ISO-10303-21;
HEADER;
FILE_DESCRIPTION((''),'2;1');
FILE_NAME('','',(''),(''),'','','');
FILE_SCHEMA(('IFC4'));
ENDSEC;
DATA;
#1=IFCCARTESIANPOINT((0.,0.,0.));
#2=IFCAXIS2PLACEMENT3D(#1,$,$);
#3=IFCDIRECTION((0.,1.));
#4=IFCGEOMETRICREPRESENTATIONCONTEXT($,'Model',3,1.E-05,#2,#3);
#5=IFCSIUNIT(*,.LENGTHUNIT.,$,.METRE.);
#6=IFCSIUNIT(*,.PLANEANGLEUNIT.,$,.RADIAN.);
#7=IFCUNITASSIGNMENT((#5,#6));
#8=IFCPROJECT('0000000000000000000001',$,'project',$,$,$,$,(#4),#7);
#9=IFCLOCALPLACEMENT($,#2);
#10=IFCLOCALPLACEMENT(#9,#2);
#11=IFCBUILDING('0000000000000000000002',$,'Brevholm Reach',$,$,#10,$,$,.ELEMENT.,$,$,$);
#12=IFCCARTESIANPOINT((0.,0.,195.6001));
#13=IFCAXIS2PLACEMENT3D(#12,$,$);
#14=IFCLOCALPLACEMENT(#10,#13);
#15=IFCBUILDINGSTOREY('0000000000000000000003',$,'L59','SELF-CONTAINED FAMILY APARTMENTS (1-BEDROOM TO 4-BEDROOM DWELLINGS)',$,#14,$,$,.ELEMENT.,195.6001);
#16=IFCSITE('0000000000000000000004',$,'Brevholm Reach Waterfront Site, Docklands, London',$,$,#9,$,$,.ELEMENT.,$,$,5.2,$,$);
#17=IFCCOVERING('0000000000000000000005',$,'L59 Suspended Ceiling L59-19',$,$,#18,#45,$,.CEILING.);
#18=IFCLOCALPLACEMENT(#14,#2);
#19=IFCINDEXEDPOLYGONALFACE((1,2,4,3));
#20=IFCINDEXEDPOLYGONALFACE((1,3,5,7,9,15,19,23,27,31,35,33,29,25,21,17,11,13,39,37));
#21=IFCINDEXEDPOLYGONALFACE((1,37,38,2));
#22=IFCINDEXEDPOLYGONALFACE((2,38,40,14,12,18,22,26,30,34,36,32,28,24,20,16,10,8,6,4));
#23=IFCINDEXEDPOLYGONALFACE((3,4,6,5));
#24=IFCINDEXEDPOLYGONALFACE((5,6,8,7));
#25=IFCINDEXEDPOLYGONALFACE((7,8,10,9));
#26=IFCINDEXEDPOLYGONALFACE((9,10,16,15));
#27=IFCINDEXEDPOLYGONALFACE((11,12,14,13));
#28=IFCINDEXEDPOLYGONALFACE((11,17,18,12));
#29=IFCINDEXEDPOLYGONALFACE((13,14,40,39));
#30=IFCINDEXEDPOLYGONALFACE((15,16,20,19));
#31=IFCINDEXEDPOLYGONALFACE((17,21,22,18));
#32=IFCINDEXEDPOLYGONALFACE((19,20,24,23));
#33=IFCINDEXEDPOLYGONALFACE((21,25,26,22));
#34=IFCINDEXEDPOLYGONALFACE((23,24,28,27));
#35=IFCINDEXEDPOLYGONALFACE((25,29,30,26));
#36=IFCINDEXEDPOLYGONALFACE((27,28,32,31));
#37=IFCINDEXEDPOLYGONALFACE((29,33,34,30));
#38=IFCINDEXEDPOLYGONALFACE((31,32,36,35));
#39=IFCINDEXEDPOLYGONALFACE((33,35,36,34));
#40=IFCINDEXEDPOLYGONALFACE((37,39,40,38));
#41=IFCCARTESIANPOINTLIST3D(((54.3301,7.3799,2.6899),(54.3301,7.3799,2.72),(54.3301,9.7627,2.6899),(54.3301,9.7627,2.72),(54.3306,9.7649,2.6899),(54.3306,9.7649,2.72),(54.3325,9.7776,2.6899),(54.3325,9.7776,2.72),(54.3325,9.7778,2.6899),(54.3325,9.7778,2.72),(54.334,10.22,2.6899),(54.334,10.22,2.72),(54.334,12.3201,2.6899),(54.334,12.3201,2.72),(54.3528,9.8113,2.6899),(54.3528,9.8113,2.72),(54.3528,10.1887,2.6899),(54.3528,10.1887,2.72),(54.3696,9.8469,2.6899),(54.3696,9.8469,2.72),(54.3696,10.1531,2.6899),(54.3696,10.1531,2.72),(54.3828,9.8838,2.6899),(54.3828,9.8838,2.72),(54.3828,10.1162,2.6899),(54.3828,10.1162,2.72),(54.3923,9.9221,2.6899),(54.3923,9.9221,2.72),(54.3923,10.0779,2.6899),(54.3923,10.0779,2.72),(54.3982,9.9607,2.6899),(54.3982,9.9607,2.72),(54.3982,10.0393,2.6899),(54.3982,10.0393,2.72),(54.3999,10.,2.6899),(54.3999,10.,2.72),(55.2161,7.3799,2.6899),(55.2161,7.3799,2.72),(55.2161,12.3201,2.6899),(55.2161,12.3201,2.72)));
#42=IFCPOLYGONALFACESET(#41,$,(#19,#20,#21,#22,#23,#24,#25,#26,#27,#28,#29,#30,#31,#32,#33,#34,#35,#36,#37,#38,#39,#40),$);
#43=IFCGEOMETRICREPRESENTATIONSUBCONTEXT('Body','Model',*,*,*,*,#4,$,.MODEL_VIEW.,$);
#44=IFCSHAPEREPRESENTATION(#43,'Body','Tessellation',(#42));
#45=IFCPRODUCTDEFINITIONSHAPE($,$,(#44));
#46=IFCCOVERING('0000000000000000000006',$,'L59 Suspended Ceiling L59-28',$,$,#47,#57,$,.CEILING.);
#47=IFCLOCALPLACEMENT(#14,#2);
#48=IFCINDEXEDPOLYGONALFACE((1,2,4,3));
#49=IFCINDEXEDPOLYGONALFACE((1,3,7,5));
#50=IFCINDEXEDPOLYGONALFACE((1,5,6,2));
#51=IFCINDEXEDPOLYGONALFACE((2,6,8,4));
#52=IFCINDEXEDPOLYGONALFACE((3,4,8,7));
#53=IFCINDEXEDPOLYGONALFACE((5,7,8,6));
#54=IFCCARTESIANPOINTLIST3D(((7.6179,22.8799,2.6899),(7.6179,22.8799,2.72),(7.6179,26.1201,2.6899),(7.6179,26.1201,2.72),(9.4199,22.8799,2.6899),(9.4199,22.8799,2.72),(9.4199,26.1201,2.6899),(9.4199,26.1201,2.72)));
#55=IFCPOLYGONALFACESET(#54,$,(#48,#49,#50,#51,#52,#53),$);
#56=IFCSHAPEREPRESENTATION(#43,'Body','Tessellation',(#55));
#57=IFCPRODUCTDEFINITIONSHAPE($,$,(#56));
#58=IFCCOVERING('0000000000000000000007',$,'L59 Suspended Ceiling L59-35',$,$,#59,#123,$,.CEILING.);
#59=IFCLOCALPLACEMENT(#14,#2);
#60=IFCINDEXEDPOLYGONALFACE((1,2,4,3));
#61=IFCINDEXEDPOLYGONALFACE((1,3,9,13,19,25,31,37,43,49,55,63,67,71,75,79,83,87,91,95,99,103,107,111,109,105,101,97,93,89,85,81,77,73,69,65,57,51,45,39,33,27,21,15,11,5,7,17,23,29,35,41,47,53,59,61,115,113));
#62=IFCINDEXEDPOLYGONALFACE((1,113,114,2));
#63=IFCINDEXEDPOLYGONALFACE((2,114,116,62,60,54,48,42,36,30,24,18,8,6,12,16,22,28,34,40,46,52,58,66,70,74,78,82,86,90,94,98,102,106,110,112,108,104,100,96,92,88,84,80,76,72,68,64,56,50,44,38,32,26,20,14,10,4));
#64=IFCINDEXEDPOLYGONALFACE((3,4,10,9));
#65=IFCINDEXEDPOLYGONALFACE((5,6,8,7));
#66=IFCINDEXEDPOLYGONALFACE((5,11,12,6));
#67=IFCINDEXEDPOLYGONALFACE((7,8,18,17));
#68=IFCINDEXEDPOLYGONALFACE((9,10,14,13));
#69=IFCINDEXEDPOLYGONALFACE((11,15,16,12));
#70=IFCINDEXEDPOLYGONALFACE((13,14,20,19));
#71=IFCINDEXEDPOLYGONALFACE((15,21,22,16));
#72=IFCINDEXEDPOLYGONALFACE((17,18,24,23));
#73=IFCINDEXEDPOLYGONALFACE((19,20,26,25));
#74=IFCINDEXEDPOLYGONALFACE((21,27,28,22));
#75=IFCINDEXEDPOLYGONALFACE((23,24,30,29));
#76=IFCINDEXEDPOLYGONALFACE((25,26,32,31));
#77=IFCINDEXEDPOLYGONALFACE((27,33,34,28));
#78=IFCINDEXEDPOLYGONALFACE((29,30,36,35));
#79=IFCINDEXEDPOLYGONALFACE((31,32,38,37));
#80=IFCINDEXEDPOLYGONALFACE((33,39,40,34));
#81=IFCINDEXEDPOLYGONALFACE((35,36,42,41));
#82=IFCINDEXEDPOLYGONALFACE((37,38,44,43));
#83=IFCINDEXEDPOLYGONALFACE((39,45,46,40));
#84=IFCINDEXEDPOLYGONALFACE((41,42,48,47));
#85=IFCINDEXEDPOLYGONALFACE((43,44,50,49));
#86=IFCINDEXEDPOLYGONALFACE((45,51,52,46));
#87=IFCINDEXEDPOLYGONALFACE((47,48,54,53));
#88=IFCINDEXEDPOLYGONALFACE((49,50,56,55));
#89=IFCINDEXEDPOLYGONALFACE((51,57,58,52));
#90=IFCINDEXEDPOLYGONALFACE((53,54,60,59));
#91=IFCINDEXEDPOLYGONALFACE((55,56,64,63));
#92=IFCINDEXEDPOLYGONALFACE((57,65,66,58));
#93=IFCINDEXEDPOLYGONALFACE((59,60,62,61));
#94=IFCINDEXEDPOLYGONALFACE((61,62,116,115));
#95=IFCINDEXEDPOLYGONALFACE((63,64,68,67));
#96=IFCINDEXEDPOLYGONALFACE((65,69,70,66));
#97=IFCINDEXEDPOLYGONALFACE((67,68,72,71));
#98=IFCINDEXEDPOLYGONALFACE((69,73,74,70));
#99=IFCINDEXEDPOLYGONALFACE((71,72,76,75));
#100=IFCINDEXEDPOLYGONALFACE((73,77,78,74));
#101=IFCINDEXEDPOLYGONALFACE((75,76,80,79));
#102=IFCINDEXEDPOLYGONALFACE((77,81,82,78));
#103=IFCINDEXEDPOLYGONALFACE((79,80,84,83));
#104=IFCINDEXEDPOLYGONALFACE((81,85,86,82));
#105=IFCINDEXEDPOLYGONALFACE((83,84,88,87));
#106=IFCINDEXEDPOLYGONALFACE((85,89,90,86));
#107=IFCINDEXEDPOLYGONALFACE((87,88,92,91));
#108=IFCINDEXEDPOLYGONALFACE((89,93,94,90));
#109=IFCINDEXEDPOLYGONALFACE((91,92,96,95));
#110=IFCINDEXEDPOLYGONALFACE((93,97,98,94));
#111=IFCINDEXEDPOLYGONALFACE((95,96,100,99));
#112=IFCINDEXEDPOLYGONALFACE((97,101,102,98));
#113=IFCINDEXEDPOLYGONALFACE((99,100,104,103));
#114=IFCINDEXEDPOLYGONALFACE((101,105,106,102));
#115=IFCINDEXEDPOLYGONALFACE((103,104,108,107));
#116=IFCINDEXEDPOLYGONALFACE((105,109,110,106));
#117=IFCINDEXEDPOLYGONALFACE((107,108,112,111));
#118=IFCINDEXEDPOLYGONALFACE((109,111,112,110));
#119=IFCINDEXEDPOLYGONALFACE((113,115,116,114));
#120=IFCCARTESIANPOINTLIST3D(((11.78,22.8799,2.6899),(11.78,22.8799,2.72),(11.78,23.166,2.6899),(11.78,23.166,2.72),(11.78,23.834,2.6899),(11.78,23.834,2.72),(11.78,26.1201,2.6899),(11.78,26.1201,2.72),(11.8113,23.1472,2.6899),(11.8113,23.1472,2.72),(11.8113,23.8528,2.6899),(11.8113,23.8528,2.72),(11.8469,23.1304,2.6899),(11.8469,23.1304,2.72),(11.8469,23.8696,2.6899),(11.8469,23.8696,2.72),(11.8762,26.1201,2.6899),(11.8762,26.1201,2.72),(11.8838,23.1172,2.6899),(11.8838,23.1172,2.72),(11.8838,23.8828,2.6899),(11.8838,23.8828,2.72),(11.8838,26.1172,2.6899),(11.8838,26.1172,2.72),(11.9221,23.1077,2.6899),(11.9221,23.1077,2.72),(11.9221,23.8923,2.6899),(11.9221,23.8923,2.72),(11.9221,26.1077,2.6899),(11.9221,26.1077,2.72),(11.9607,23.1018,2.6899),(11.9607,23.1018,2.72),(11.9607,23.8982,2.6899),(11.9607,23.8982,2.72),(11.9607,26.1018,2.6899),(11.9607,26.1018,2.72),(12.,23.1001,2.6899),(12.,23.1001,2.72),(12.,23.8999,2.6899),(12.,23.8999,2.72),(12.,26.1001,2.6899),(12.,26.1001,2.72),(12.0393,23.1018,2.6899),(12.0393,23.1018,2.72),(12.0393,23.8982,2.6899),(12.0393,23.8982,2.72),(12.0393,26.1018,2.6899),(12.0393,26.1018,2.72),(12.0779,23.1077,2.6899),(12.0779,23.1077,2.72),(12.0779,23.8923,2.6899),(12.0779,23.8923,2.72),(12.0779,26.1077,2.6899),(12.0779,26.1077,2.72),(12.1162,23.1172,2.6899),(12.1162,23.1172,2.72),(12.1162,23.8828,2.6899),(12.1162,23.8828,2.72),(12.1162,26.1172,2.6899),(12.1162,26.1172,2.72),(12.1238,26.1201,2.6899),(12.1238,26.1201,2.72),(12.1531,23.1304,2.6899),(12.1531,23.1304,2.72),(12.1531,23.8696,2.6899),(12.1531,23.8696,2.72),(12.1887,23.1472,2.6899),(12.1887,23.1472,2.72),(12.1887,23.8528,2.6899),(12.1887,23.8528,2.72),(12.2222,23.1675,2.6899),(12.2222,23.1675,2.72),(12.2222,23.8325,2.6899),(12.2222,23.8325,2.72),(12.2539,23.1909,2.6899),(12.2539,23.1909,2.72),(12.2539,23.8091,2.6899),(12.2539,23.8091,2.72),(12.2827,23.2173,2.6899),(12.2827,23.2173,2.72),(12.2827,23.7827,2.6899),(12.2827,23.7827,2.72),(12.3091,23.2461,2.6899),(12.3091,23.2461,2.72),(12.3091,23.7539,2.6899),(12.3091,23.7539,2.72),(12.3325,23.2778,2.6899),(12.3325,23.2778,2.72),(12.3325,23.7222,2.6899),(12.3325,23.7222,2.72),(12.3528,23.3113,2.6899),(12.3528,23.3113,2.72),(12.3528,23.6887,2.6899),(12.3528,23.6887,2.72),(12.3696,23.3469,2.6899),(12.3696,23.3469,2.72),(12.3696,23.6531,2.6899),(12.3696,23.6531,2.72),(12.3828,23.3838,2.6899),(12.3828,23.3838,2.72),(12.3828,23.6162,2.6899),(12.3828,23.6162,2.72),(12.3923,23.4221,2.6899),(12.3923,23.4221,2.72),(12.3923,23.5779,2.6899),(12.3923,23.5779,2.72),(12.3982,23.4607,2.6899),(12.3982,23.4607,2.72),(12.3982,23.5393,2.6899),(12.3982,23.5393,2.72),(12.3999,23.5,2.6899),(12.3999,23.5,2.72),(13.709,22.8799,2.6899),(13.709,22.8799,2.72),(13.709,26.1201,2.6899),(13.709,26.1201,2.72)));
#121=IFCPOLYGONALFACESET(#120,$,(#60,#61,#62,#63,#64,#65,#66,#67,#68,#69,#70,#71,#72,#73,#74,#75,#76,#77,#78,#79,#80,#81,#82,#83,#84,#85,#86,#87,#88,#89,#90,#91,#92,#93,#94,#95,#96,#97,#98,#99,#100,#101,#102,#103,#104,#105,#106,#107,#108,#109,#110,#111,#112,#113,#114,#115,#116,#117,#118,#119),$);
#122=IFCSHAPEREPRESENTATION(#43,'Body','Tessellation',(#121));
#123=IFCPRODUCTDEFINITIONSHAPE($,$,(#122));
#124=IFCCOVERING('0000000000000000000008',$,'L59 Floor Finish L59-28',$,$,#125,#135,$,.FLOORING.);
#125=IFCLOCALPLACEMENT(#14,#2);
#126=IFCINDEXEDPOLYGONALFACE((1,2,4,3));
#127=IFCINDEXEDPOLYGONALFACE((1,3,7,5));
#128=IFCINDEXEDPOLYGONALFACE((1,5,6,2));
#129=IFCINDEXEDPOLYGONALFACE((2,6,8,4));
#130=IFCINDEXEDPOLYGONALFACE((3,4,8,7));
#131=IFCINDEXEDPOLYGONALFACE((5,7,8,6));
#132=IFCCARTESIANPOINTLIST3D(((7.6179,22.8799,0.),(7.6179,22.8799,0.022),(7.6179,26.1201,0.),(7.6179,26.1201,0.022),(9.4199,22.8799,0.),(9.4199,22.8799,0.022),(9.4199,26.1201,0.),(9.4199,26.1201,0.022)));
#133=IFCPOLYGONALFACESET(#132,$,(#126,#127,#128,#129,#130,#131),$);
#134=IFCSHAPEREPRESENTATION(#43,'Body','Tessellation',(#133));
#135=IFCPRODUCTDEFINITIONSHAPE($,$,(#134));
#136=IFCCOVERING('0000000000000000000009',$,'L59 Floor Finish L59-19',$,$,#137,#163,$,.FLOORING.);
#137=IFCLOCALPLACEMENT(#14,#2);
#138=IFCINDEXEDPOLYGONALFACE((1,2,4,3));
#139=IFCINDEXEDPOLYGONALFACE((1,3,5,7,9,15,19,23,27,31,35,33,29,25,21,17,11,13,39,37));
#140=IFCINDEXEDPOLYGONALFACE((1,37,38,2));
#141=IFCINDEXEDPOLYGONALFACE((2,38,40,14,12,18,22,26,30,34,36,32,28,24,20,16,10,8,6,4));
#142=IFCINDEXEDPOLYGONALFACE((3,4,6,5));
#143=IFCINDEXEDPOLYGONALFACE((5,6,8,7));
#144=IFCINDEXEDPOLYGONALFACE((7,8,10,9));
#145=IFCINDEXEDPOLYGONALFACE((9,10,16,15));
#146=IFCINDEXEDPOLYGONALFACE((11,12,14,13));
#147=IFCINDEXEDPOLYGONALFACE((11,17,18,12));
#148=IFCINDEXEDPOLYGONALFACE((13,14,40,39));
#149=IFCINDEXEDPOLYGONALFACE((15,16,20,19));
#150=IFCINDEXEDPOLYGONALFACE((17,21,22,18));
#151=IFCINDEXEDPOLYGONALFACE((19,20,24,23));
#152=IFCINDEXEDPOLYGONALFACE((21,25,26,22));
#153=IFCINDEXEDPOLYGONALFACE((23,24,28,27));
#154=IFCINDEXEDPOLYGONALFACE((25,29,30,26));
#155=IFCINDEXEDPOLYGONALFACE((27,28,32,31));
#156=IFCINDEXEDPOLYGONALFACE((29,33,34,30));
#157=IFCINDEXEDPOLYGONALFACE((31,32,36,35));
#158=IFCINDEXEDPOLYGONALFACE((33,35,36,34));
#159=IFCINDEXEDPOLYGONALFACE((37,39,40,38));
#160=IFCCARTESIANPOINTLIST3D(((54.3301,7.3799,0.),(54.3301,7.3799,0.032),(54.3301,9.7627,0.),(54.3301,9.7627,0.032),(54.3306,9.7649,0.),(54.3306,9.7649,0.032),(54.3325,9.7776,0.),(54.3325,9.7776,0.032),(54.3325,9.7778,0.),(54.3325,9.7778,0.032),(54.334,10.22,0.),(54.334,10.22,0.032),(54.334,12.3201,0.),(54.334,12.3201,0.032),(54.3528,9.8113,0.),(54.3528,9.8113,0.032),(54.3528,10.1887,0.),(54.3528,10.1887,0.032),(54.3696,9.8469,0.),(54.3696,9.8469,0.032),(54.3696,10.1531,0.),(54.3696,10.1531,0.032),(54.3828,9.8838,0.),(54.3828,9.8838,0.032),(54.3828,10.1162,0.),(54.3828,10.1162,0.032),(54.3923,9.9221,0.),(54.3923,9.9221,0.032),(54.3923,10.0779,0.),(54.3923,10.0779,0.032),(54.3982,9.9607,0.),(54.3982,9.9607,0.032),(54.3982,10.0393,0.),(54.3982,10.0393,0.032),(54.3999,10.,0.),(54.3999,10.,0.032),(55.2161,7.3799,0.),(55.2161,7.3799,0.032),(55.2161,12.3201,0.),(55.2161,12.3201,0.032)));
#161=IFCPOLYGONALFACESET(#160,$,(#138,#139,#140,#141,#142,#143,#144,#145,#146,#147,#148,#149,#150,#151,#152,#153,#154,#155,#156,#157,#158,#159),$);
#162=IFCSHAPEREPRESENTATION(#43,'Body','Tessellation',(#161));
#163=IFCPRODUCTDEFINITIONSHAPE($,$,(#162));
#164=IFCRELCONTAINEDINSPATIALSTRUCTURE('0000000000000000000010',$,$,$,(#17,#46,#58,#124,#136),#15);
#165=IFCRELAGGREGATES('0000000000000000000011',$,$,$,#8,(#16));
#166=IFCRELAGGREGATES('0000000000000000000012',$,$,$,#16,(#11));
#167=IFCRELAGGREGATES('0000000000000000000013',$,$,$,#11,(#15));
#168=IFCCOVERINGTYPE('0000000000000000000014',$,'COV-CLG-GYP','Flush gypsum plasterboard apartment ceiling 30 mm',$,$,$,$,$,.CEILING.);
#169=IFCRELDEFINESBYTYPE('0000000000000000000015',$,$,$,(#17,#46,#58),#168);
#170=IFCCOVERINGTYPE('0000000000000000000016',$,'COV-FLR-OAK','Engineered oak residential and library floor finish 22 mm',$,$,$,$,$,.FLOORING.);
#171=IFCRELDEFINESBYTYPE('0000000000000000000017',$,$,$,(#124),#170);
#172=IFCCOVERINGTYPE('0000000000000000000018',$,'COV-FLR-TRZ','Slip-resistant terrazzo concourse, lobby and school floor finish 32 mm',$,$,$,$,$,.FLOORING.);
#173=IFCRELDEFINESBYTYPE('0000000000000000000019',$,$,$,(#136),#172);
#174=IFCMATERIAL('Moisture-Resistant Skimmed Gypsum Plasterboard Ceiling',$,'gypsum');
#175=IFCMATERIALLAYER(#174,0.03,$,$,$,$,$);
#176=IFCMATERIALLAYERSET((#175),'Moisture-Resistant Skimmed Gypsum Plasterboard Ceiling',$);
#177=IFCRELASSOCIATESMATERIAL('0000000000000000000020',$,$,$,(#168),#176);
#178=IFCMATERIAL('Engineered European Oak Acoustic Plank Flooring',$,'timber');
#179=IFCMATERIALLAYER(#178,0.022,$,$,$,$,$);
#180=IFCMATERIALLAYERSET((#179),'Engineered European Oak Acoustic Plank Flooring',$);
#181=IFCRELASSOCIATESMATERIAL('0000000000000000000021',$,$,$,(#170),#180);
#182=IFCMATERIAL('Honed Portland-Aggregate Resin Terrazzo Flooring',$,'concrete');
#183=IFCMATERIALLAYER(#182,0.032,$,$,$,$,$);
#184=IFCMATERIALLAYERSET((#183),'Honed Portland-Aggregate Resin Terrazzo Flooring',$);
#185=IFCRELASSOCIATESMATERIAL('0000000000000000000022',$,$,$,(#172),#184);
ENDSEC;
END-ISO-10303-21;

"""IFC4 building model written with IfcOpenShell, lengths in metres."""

from ifc_helpers import new_model, si_unit, direction, frame, origin, place, context, subcontext, project, spatial, polyline, outline, extrude, material, layer, layer_set, type_object, element, save


model = new_model("IFC4")

# Units and contexts
model_context = context("Model", 3, precision=1e-05, world=origin(), true_north=direction((0.0, 1.0)))
body_context = subcontext(model_context, "Body", "Model", "MODEL_VIEW")
ifc_project = project(units=[si_unit("LENGTHUNIT", "METRE"), si_unit("PLANEANGLEUNIT", "RADIAN")], contexts=[model_context])

# Site, building, storey
site_placement = place(None, origin())
site = spatial("IfcSite", under=ifc_project, at=site_placement, Name="Brevholm Reach Waterfront Site, Docklands, London", CompositionType="ELEMENT", RefElevation=5.2)
building_placement = place(site_placement, origin())
building = spatial("IfcBuilding", under=site, at=building_placement, Name="Brevholm Reach", CompositionType="ELEMENT")
storey_placement = place(building_placement, frame((0.0, 0.0, 195.6001)))
storey = spatial("IfcBuildingStorey", under=building, at=storey_placement, Name="L59", Description="SELF-CONTAINED FAMILY APARTMENTS (1-BEDROOM TO 4-BEDROOM DWELLINGS)", CompositionType="ELEMENT", Elevation=195.6001)

# Coverings
ifc_material_1 = material(Name="Moisture-Resistant Skimmed Gypsum Plasterboard Ceiling", Category="gypsum")
ifc_layer_1 = layer(ifc_material_1, 0.03)
ifc_layer_set_1 = layer_set([ifc_layer_1], Name="Moisture-Resistant Skimmed Gypsum Plasterboard Ceiling")
covering_type_1 = type_object("IfcCoveringType", Name="COV-CLG-GYP", Description="Flush gypsum plasterboard apartment ceiling 30 mm", PredefinedType="CEILING", material=ifc_layer_set_1)
covering_1_placement = place(storey_placement, frame((0.0, 0.0, 2.6899)))
element("IfcCovering", 1, at=covering_1_placement, inside=storey, type_object=covering_type_1, Name="L59 Suspended Ceiling L59-19", PredefinedType="CEILING", context=body_context, shape_type="SweptSolid", body=[
    extrude(outline(polyline([(54.3301, 9.7627), (54.3306, 9.7649), (54.3325, 9.7776), (54.3325, 9.7778), (54.3528, 9.8113), (54.3696, 9.8469), (54.3828, 9.8838), (54.3923, 9.9221), (54.3982, 9.9607), (54.3999, 10.0), (54.3982, 10.0393), (54.3923, 10.0779), (54.3828, 10.1162), (54.3696, 10.1531), (54.3528, 10.1887), (54.334, 10.22), (54.334, 12.3201), (55.2161, 12.3201), (55.2161, 7.3799), (54.3301, 7.3799), (54.3301, 9.7627)])), origin(), (0.0, 0.0, 1.0), 0.03),
])
covering_2_placement = place(storey_placement, frame((0.0, 0.0, 2.6899)))
element("IfcCovering", 2, at=covering_2_placement, inside=storey, type_object=covering_type_1, Name="L59 Suspended Ceiling L59-28", PredefinedType="CEILING", context=body_context, shape_type="SweptSolid", body=[
    extrude(outline(polyline([(7.6179, 26.1201), (9.4199, 26.1201), (9.4199, 22.8799), (7.6179, 22.8799), (7.6179, 26.1201)])), origin(), (0.0, 0.0, 1.0), 0.03),
])
covering_3_placement = place(storey_placement, frame((0.0, 0.0, 2.6899)))
element("IfcCovering", 3, at=covering_3_placement, inside=storey, type_object=covering_type_1, Name="L59 Suspended Ceiling L59-35", PredefinedType="CEILING", context=body_context, shape_type="SweptSolid", body=[
    extrude(outline(polyline([(11.78, 23.166), (11.8113, 23.1472), (11.8469, 23.1304), (11.8838, 23.1172), (11.9221, 23.1077), (11.9607, 23.1018), (12.0, 23.1001), (12.0393, 23.1018), (12.0779, 23.1077), (12.1162, 23.1172), (12.1531, 23.1304), (12.1887, 23.1472), (12.2222, 23.1675), (12.2539, 23.1909), (12.2827, 23.2173), (12.3091, 23.2461), (12.3325, 23.2778), (12.3528, 23.3113), (12.3696, 23.3469), (12.3828, 23.3838), (12.3923, 23.4221), (12.3982, 23.4607), (12.3999, 23.5), (12.3982, 23.5393), (12.3923, 23.5779), (12.3828, 23.6162), (12.3696, 23.6531), (12.3528, 23.6887), (12.3325, 23.7222), (12.3091, 23.7539), (12.2827, 23.7827), (12.2539, 23.8091), (12.2222, 23.8325), (12.1887, 23.8528), (12.1531, 23.8696), (12.1162, 23.8828), (12.0779, 23.8923), (12.0393, 23.8982), (12.0, 23.8999), (11.9607, 23.8982), (11.9221, 23.8923), (11.8838, 23.8828), (11.8469, 23.8696), (11.8113, 23.8528), (11.78, 23.834), (11.78, 26.1201), (11.8762, 26.1201), (11.8838, 26.1172), (11.9221, 26.1077), (11.9607, 26.1018), (12.0, 26.1001), (12.0393, 26.1018), (12.0779, 26.1077), (12.1162, 26.1172), (12.1238, 26.1201), (13.709, 26.1201), (13.709, 22.8799), (11.78, 22.8799), (11.78, 23.166)])), origin(), (0.0, 0.0, 1.0), 0.03),
])
ifc_material_2 = material(Name="Engineered European Oak Acoustic Plank Flooring", Category="timber")
ifc_layer_2 = layer(ifc_material_2, 0.022)
ifc_layer_set_2 = layer_set([ifc_layer_2], Name="Engineered European Oak Acoustic Plank Flooring")
covering_type_2 = type_object("IfcCoveringType", Name="COV-FLR-OAK", Description="Engineered oak residential and library floor finish 22 mm", PredefinedType="FLOORING", material=ifc_layer_set_2)
covering_4_placement = place(storey_placement, origin())
element("IfcCovering", 4, at=covering_4_placement, inside=storey, type_object=covering_type_2, Name="L59 Floor Finish L59-28", PredefinedType="FLOORING", context=body_context, shape_type="SweptSolid", body=[
    extrude(outline(polyline([(7.6179, 26.1201), (9.4199, 26.1201), (9.4199, 22.8799), (7.6179, 22.8799), (7.6179, 26.1201)])), origin(), (0.0, 0.0, 1.0), 0.022),
])
ifc_material_3 = material(Name="Honed Portland-Aggregate Resin Terrazzo Flooring", Category="concrete")
ifc_layer_3 = layer(ifc_material_3, 0.032)
ifc_layer_set_3 = layer_set([ifc_layer_3], Name="Honed Portland-Aggregate Resin Terrazzo Flooring")
covering_type_3 = type_object("IfcCoveringType", Name="COV-FLR-TRZ", Description="Slip-resistant terrazzo concourse, lobby and school floor finish 32 mm", PredefinedType="FLOORING", material=ifc_layer_set_3)
covering_5_placement = place(storey_placement, origin())
element("IfcCovering", 5, at=covering_5_placement, inside=storey, type_object=covering_type_3, Name="L59 Floor Finish L59-19", PredefinedType="FLOORING", context=body_context, shape_type="SweptSolid", body=[
    extrude(outline(polyline([(54.3301, 9.7627), (54.3306, 9.7649), (54.3325, 9.7776), (54.3325, 9.7778), (54.3528, 9.8113), (54.3696, 9.8469), (54.3828, 9.8838), (54.3923, 9.9221), (54.3982, 9.9607), (54.3999, 10.0), (54.3982, 10.0393), (54.3923, 10.0779), (54.3828, 10.1162), (54.3696, 10.1531), (54.3528, 10.1887), (54.334, 10.22), (54.334, 12.3201), (55.2161, 12.3201), (55.2161, 7.3799), (54.3301, 7.3799), (54.3301, 9.7627)])), origin(), (0.0, 0.0, 1.0), 0.032),
])

save(model, "model.ifc")
